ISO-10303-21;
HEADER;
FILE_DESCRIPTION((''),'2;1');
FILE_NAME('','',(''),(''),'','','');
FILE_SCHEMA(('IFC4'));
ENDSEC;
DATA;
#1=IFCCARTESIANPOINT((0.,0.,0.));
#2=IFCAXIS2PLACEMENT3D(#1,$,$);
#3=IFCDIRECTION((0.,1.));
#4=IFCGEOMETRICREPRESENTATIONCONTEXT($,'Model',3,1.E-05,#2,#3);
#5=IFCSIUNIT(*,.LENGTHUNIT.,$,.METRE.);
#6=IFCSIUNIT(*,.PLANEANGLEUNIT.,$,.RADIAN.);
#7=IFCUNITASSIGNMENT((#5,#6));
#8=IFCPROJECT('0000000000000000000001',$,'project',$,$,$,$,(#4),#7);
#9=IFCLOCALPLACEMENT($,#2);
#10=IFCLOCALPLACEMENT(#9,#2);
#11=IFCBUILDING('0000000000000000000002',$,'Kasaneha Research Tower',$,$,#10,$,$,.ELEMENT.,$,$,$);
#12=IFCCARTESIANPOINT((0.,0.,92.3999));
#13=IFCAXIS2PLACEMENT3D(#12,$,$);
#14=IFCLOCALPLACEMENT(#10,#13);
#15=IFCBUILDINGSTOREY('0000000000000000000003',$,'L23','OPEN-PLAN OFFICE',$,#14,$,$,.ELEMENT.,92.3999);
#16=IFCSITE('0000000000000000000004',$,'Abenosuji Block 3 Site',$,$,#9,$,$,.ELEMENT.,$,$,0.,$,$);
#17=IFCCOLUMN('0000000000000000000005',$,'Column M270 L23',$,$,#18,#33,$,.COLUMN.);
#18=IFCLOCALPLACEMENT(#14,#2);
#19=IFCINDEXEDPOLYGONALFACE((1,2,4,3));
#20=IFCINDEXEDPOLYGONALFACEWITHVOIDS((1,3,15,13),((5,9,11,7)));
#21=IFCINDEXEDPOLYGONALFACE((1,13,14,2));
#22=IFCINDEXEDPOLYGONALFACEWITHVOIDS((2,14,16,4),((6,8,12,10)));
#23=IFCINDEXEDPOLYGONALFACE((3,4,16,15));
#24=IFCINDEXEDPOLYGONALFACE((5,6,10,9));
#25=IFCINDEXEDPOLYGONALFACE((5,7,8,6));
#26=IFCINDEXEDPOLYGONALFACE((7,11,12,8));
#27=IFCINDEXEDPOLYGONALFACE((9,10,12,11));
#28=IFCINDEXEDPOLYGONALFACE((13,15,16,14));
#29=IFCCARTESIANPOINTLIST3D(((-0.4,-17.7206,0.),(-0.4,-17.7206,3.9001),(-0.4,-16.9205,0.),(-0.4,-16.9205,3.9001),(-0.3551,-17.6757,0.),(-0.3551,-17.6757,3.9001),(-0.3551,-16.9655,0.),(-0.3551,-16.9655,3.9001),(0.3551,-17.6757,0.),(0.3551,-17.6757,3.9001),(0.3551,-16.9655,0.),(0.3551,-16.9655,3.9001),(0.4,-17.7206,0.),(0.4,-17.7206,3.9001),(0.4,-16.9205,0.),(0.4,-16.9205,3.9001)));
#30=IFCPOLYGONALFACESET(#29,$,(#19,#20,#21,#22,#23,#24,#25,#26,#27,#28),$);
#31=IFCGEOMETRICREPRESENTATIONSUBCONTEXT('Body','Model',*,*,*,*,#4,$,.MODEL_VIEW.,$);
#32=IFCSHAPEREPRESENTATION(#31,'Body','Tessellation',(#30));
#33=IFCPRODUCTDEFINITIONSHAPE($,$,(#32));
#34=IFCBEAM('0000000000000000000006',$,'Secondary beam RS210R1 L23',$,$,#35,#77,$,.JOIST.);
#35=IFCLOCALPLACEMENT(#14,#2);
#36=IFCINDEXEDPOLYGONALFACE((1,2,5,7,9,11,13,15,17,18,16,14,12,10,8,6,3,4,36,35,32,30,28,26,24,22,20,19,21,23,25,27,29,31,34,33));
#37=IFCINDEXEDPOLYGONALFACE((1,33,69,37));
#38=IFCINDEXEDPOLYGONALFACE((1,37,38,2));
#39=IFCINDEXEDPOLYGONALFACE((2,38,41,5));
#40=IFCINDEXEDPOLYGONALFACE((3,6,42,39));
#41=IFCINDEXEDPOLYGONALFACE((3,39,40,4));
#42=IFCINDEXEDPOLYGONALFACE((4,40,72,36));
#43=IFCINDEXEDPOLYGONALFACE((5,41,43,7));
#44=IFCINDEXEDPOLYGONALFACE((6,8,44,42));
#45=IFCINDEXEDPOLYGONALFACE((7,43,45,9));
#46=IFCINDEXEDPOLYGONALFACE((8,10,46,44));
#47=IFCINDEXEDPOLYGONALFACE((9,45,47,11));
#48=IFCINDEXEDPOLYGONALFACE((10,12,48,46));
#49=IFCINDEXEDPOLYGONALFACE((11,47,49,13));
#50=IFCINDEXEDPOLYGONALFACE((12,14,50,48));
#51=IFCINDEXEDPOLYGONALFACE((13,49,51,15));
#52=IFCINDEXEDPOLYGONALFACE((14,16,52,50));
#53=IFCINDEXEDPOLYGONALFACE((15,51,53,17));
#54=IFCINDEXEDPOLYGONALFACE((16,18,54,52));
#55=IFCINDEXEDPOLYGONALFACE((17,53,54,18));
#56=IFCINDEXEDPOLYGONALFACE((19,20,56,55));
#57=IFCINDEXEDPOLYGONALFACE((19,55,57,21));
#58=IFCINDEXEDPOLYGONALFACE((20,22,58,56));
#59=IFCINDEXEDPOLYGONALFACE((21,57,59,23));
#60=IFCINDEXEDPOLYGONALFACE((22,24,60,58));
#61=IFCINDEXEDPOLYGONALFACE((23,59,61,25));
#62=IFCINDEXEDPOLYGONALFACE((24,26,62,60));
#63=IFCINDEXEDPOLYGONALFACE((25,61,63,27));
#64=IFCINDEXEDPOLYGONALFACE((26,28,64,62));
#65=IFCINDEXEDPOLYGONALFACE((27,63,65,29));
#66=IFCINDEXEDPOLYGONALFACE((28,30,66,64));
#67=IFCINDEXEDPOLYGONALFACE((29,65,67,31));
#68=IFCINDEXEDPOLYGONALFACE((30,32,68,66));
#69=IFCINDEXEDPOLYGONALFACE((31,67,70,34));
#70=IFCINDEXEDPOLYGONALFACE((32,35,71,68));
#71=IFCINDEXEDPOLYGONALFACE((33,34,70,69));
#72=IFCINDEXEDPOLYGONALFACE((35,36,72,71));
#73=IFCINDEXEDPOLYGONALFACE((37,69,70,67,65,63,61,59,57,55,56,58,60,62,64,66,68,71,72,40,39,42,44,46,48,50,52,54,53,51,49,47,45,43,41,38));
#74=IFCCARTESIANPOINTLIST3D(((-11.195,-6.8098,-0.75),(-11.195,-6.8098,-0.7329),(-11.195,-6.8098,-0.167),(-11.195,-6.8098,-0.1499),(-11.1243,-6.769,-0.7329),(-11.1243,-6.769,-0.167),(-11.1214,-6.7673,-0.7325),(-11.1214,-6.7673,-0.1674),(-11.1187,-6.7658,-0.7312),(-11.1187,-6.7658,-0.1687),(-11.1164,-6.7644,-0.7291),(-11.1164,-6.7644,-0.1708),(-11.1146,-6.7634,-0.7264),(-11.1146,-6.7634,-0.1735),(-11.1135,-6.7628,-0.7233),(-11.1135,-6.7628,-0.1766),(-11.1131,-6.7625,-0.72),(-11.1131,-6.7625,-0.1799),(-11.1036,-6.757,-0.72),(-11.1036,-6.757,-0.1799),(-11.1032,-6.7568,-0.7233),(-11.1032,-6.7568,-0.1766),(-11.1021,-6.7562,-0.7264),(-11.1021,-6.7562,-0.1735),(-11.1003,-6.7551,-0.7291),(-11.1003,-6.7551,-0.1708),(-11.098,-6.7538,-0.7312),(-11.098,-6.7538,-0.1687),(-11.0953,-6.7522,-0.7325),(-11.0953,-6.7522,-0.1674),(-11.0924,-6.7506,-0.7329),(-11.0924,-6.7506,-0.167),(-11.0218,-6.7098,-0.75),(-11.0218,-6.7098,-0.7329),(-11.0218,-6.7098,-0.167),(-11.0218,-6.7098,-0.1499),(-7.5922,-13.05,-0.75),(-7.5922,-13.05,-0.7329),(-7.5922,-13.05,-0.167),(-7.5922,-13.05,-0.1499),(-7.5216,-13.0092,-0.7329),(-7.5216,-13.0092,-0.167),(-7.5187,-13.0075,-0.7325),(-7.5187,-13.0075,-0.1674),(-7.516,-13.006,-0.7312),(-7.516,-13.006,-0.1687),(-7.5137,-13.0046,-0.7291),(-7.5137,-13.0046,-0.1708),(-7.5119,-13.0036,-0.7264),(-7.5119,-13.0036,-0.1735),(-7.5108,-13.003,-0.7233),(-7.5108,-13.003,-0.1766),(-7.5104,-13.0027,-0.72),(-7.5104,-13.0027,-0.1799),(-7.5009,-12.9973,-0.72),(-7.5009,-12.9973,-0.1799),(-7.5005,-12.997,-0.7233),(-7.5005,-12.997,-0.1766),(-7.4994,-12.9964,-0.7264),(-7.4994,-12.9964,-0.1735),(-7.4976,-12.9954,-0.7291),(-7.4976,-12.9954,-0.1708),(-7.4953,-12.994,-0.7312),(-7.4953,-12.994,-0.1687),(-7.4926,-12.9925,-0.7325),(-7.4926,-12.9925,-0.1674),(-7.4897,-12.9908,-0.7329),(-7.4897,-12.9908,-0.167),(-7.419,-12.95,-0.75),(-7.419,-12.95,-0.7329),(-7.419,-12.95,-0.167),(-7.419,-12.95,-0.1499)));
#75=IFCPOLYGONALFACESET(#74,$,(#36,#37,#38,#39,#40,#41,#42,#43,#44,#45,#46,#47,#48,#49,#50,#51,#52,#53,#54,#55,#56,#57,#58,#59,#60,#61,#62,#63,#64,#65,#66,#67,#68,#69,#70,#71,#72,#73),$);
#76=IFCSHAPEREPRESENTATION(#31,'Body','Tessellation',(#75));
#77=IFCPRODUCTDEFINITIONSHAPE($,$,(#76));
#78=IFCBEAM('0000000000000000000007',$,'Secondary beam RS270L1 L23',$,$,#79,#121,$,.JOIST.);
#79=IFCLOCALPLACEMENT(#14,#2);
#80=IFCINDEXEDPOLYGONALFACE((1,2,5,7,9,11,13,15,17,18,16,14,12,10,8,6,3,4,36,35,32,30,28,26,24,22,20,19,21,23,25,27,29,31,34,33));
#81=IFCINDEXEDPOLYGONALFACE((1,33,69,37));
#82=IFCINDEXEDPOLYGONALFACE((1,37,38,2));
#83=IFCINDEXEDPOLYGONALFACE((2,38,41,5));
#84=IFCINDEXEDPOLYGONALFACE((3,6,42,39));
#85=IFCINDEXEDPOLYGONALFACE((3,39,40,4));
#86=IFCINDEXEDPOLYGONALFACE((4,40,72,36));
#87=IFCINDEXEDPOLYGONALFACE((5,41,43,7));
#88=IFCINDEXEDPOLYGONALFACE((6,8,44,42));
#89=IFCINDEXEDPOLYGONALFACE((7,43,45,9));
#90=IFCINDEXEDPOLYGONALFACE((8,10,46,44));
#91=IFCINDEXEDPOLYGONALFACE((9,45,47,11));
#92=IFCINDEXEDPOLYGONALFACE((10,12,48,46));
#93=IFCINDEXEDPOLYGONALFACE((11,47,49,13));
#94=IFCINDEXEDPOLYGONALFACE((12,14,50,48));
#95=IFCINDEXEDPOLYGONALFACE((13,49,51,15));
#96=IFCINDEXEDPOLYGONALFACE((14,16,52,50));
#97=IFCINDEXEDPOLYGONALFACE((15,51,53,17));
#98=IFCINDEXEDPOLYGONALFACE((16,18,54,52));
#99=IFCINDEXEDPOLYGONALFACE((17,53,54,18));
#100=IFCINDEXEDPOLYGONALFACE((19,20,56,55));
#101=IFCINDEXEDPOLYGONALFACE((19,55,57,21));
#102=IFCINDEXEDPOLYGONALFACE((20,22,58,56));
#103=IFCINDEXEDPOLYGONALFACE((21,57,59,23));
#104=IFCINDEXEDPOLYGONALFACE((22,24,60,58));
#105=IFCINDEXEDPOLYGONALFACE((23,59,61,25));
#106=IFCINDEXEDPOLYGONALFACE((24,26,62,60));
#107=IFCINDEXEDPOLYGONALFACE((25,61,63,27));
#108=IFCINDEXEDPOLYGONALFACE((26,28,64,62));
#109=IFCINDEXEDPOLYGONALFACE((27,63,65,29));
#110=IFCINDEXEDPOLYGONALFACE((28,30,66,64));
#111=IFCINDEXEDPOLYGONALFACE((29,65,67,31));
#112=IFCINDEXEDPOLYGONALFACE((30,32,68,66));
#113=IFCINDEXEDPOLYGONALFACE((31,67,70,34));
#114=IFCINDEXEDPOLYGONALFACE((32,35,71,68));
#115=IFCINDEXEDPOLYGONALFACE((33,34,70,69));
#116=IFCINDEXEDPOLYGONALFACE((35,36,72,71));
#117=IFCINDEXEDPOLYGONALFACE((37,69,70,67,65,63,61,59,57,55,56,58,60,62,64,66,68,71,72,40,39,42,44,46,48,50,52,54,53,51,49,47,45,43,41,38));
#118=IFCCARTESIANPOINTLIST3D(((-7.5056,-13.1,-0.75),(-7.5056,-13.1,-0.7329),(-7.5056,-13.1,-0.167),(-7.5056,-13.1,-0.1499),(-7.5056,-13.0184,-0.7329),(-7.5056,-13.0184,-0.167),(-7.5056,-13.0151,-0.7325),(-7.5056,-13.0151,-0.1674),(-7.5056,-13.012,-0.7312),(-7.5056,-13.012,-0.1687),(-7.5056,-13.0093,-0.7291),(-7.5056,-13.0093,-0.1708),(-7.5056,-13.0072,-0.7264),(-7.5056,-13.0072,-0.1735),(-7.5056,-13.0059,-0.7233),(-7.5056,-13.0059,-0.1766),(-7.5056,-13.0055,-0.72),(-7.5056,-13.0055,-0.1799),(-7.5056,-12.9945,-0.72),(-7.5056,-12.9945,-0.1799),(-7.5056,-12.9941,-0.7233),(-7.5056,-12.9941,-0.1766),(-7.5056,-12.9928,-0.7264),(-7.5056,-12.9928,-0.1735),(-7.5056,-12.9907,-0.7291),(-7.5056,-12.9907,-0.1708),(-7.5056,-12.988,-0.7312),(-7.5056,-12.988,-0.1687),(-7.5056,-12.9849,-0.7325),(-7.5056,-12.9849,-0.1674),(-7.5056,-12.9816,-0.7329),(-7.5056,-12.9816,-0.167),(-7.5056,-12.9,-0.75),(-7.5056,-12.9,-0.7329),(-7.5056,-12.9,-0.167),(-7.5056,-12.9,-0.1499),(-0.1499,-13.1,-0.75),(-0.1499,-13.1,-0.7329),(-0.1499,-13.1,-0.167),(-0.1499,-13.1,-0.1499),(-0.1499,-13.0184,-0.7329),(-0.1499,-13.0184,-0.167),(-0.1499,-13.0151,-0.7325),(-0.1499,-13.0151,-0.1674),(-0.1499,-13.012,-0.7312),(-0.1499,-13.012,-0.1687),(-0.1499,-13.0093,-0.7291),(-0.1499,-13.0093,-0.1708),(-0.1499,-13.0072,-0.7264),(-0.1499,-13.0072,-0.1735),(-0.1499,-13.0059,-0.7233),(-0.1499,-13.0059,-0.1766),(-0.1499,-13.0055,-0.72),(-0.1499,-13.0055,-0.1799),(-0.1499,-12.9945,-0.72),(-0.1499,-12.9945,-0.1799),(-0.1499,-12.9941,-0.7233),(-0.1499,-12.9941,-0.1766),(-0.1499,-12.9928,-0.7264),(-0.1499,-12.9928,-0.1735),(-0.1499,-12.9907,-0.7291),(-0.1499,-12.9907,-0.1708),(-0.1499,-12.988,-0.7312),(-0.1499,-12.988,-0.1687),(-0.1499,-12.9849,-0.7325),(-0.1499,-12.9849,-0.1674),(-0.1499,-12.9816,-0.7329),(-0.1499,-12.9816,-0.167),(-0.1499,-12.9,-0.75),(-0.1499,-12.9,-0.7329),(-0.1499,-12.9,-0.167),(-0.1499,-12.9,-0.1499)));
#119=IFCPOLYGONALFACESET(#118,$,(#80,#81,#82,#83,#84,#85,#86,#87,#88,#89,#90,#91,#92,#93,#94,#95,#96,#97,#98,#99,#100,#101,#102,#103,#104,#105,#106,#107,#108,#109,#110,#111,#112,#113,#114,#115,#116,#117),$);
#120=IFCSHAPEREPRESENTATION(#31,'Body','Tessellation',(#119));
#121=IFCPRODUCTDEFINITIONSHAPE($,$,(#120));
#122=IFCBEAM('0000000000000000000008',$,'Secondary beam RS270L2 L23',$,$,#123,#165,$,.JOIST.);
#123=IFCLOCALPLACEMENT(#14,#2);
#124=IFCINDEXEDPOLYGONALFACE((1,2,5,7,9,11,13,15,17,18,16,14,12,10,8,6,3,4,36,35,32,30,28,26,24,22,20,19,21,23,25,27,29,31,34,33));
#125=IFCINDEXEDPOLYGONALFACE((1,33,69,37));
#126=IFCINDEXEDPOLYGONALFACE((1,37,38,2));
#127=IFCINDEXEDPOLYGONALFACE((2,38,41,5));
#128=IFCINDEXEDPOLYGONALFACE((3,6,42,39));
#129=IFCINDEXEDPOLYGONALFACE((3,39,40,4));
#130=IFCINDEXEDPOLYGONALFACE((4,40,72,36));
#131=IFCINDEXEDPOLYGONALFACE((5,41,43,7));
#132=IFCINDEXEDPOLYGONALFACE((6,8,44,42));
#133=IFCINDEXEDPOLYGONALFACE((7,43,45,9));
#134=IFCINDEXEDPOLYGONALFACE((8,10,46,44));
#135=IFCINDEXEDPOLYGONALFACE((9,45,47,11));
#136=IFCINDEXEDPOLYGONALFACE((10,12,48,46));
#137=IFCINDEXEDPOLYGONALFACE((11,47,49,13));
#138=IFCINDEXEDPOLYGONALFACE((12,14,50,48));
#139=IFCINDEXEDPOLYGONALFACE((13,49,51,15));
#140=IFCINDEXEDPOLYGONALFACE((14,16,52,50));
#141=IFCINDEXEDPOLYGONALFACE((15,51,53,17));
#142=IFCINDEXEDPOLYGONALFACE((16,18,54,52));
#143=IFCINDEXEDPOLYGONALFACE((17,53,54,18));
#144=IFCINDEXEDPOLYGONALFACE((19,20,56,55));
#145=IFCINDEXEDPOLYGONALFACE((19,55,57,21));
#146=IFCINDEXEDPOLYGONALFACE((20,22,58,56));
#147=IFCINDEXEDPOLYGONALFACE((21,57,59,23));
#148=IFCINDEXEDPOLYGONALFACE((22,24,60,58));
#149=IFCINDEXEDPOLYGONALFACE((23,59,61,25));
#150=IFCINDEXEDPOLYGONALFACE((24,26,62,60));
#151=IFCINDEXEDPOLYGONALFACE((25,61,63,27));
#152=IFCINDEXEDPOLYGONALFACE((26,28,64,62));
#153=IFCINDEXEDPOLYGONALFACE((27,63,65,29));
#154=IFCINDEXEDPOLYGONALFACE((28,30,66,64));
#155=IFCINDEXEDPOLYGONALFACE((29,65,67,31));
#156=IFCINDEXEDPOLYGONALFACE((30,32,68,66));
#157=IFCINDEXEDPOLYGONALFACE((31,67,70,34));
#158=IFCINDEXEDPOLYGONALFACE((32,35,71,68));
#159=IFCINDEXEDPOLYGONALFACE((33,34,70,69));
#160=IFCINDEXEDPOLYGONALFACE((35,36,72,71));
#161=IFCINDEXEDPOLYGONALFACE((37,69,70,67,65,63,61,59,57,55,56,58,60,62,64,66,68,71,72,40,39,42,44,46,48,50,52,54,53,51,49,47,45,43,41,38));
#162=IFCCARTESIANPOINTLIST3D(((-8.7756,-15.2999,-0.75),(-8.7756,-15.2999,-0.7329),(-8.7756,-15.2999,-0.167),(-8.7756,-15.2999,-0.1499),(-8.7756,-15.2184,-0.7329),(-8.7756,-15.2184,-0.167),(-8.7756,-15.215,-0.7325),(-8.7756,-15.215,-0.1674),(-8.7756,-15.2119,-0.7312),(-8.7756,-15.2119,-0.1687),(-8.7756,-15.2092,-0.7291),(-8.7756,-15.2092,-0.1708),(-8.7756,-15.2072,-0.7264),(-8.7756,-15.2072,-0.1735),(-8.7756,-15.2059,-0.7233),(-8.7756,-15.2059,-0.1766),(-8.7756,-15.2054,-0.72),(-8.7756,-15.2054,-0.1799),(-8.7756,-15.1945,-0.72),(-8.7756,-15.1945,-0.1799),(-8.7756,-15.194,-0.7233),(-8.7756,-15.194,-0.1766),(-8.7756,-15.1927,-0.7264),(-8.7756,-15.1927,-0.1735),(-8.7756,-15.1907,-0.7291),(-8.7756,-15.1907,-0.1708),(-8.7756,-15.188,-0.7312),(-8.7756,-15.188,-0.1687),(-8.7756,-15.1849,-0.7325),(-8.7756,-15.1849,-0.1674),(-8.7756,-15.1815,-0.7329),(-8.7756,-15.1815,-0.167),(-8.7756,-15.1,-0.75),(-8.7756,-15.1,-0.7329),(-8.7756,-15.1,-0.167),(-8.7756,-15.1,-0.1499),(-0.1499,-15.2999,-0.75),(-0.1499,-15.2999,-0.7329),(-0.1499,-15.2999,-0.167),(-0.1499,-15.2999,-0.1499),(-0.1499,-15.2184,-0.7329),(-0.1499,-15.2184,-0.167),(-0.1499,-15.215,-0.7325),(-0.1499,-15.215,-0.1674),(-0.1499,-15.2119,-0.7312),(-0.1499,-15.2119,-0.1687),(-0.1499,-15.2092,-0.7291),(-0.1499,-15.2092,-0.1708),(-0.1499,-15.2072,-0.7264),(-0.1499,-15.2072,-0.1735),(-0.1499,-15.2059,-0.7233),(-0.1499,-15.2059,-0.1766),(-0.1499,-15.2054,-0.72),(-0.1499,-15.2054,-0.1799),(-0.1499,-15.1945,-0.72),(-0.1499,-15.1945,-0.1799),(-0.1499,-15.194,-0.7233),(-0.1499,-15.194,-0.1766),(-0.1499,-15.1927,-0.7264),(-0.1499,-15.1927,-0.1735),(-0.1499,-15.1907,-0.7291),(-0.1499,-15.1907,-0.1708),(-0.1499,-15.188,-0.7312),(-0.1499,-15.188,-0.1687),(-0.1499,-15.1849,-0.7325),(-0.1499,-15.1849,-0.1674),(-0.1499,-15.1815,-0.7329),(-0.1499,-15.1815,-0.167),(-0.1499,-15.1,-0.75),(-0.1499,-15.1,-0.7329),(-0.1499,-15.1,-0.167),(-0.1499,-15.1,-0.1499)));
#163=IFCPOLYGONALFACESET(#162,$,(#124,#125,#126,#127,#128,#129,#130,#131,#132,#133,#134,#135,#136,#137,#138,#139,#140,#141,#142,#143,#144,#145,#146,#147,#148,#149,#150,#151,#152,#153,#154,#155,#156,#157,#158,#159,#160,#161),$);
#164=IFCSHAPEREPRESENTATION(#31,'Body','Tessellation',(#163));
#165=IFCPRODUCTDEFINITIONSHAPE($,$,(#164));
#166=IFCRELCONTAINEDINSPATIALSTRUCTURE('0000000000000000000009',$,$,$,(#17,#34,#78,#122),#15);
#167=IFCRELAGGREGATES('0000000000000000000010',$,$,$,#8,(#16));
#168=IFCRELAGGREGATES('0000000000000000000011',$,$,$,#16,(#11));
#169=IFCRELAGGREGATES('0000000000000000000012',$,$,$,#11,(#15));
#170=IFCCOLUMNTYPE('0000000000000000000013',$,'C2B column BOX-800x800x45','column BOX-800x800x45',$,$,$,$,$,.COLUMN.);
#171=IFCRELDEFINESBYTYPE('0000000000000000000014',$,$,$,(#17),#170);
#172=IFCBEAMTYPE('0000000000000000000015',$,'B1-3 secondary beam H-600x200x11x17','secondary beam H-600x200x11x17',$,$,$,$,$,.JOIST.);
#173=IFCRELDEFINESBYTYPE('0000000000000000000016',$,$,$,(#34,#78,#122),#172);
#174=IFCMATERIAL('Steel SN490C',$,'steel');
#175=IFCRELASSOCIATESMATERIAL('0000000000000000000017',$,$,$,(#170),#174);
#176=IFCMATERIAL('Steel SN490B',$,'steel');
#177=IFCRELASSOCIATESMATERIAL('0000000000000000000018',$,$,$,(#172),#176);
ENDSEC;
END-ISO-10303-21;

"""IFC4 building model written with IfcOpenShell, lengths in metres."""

from ifc_helpers import new_model, si_unit, direction, frame, origin, origin_2d, place, context, subcontext, project, spatial, hollow_rectangle, i_section, extrude, material, material_profile, profile_set, type_object, element, save


model = new_model("IFC4")

# Units and contexts
model_context = context("Model", 3, precision=1e-05, world=origin(), true_north=direction((0.0, 1.0)))
body_context = subcontext(model_context, "Body", "Model", "MODEL_VIEW")
ifc_project = project(units=[si_unit("LENGTHUNIT", "METRE"), si_unit("PLANEANGLEUNIT", "RADIAN")], contexts=[model_context])

# Site, building, storey
site_placement = place(None, origin())
site = spatial("IfcSite", under=ifc_project, at=site_placement, Name="Abenosuji Block 3 Site", CompositionType="ELEMENT", RefElevation=0.0)
building_placement = place(site_placement, origin())
building = spatial("IfcBuilding", under=site, at=building_placement, Name="Kasaneha Research Tower", CompositionType="ELEMENT")
storey_placement = place(building_placement, frame((0.0, 0.0, 92.3999)))
storey = spatial("IfcBuildingStorey", under=building, at=storey_placement, Name="L23", Description="OPEN-PLAN OFFICE", CompositionType="ELEMENT", Elevation=92.3999)

# Column
ifc_material_1 = material(Name="Steel SN490C", Category="steel")
ifc_material_profile_1 = material_profile(ifc_material_1, hollow_rectangle(XDim=0.8, YDim=0.8, WallThickness=0.0449, at=origin_2d()), Name="BOX-800x800x45")
ifc_profile_set_1 = profile_set([ifc_material_profile_1], Name="Steel SN490C")
column_type = type_object("IfcColumnType", Name="C2B column BOX-800x800x45", Description="column BOX-800x800x45", PredefinedType="COLUMN", material=ifc_profile_set_1)
column_placement = place(storey_placement, frame((0.0, -17.3206, 0.0), z_axis=(0.0, 0.0, 1.0), x_axis=(1.0, 0.0, 0.0)))
element("IfcColumn", 1, at=column_placement, inside=storey, type_object=column_type, Name="Column M270 L23", PredefinedType="COLUMN", context=body_context, shape_type="SweptSolid", body=[
    extrude(hollow_rectangle(XDim=0.8, YDim=0.8, WallThickness=0.0449, at=origin_2d()), origin(), (0.0, 0.0, 1.0), 3.9001),
])

# Beams
ifc_material_2 = material(Name="Steel SN490B", Category="steel")
ifc_material_profile_2 = material_profile(ifc_material_2, i_section(OverallWidth=0.2, OverallDepth=0.6001, WebThickness=0.011, FlangeThickness=0.0171, FilletRadius=0.0129, at=origin_2d()), Name="H-600x200x11x17")
ifc_profile_set_2 = profile_set([ifc_material_profile_2], Name="Steel SN490B")
beam_type_1 = type_object("IfcBeamType", Name="B1-3 secondary beam H-600x200x11x17", Description="secondary beam H-600x200x11x17", PredefinedType="JOIST", material=ifc_profile_set_2)
beam_1_placement = place(storey_placement, frame((-7.5056, -13.0, -0.45), z_axis=(-0.499998, 0.866026, 0.0), x_axis=(-0.866026, -0.499998, 0.0)))
element("IfcBeam", 2, at=beam_1_placement, inside=storey, type_object=beam_type_1, Name="Secondary beam RS210R1 L23", PredefinedType="JOIST", context=body_context, shape_type="SweptSolid", body=[
    extrude(i_section(OverallWidth=0.2, OverallDepth=0.6001, WebThickness=0.011, FlangeThickness=0.0171, FilletRadius=0.0129, at=origin_2d()), origin(), (0.0, 0.0, 1.0), 7.2056),
])
beam_2_placement = place(storey_placement, frame((-7.5056, -13.0, -0.45), z_axis=(1.0, 0.0, 0.0), x_axis=(0.0, 1.0, 0.0)))
element("IfcBeam", 3, at=beam_2_placement, inside=storey, type_object=beam_type_1, Name="Secondary beam RS270L1 L23", PredefinedType="JOIST", context=body_context, shape_type="SweptSolid", body=[
    extrude(i_section(OverallWidth=0.2, OverallDepth=0.6001, WebThickness=0.011, FlangeThickness=0.0171, FilletRadius=0.0129, at=origin_2d()), origin(), (0.0, 0.0, 1.0), 7.3557),
])
beam_3_placement = place(storey_placement, frame((-8.7756, -15.2, -0.45), z_axis=(1.0, 0.0, 0.0), x_axis=(0.0, 1.0, 0.0)))
element("IfcBeam", 4, at=beam_3_placement, inside=storey, type_object=beam_type_1, Name="Secondary beam RS270L2 L23", PredefinedType="JOIST", context=body_context, shape_type="SweptSolid", body=[
    extrude(i_section(OverallWidth=0.2, OverallDepth=0.6001, WebThickness=0.011, FlangeThickness=0.0171, FilletRadius=0.0129, at=origin_2d()), origin(), (0.0, 0.0, 1.0), 8.6257),
])

save(model, "model.ifc")
